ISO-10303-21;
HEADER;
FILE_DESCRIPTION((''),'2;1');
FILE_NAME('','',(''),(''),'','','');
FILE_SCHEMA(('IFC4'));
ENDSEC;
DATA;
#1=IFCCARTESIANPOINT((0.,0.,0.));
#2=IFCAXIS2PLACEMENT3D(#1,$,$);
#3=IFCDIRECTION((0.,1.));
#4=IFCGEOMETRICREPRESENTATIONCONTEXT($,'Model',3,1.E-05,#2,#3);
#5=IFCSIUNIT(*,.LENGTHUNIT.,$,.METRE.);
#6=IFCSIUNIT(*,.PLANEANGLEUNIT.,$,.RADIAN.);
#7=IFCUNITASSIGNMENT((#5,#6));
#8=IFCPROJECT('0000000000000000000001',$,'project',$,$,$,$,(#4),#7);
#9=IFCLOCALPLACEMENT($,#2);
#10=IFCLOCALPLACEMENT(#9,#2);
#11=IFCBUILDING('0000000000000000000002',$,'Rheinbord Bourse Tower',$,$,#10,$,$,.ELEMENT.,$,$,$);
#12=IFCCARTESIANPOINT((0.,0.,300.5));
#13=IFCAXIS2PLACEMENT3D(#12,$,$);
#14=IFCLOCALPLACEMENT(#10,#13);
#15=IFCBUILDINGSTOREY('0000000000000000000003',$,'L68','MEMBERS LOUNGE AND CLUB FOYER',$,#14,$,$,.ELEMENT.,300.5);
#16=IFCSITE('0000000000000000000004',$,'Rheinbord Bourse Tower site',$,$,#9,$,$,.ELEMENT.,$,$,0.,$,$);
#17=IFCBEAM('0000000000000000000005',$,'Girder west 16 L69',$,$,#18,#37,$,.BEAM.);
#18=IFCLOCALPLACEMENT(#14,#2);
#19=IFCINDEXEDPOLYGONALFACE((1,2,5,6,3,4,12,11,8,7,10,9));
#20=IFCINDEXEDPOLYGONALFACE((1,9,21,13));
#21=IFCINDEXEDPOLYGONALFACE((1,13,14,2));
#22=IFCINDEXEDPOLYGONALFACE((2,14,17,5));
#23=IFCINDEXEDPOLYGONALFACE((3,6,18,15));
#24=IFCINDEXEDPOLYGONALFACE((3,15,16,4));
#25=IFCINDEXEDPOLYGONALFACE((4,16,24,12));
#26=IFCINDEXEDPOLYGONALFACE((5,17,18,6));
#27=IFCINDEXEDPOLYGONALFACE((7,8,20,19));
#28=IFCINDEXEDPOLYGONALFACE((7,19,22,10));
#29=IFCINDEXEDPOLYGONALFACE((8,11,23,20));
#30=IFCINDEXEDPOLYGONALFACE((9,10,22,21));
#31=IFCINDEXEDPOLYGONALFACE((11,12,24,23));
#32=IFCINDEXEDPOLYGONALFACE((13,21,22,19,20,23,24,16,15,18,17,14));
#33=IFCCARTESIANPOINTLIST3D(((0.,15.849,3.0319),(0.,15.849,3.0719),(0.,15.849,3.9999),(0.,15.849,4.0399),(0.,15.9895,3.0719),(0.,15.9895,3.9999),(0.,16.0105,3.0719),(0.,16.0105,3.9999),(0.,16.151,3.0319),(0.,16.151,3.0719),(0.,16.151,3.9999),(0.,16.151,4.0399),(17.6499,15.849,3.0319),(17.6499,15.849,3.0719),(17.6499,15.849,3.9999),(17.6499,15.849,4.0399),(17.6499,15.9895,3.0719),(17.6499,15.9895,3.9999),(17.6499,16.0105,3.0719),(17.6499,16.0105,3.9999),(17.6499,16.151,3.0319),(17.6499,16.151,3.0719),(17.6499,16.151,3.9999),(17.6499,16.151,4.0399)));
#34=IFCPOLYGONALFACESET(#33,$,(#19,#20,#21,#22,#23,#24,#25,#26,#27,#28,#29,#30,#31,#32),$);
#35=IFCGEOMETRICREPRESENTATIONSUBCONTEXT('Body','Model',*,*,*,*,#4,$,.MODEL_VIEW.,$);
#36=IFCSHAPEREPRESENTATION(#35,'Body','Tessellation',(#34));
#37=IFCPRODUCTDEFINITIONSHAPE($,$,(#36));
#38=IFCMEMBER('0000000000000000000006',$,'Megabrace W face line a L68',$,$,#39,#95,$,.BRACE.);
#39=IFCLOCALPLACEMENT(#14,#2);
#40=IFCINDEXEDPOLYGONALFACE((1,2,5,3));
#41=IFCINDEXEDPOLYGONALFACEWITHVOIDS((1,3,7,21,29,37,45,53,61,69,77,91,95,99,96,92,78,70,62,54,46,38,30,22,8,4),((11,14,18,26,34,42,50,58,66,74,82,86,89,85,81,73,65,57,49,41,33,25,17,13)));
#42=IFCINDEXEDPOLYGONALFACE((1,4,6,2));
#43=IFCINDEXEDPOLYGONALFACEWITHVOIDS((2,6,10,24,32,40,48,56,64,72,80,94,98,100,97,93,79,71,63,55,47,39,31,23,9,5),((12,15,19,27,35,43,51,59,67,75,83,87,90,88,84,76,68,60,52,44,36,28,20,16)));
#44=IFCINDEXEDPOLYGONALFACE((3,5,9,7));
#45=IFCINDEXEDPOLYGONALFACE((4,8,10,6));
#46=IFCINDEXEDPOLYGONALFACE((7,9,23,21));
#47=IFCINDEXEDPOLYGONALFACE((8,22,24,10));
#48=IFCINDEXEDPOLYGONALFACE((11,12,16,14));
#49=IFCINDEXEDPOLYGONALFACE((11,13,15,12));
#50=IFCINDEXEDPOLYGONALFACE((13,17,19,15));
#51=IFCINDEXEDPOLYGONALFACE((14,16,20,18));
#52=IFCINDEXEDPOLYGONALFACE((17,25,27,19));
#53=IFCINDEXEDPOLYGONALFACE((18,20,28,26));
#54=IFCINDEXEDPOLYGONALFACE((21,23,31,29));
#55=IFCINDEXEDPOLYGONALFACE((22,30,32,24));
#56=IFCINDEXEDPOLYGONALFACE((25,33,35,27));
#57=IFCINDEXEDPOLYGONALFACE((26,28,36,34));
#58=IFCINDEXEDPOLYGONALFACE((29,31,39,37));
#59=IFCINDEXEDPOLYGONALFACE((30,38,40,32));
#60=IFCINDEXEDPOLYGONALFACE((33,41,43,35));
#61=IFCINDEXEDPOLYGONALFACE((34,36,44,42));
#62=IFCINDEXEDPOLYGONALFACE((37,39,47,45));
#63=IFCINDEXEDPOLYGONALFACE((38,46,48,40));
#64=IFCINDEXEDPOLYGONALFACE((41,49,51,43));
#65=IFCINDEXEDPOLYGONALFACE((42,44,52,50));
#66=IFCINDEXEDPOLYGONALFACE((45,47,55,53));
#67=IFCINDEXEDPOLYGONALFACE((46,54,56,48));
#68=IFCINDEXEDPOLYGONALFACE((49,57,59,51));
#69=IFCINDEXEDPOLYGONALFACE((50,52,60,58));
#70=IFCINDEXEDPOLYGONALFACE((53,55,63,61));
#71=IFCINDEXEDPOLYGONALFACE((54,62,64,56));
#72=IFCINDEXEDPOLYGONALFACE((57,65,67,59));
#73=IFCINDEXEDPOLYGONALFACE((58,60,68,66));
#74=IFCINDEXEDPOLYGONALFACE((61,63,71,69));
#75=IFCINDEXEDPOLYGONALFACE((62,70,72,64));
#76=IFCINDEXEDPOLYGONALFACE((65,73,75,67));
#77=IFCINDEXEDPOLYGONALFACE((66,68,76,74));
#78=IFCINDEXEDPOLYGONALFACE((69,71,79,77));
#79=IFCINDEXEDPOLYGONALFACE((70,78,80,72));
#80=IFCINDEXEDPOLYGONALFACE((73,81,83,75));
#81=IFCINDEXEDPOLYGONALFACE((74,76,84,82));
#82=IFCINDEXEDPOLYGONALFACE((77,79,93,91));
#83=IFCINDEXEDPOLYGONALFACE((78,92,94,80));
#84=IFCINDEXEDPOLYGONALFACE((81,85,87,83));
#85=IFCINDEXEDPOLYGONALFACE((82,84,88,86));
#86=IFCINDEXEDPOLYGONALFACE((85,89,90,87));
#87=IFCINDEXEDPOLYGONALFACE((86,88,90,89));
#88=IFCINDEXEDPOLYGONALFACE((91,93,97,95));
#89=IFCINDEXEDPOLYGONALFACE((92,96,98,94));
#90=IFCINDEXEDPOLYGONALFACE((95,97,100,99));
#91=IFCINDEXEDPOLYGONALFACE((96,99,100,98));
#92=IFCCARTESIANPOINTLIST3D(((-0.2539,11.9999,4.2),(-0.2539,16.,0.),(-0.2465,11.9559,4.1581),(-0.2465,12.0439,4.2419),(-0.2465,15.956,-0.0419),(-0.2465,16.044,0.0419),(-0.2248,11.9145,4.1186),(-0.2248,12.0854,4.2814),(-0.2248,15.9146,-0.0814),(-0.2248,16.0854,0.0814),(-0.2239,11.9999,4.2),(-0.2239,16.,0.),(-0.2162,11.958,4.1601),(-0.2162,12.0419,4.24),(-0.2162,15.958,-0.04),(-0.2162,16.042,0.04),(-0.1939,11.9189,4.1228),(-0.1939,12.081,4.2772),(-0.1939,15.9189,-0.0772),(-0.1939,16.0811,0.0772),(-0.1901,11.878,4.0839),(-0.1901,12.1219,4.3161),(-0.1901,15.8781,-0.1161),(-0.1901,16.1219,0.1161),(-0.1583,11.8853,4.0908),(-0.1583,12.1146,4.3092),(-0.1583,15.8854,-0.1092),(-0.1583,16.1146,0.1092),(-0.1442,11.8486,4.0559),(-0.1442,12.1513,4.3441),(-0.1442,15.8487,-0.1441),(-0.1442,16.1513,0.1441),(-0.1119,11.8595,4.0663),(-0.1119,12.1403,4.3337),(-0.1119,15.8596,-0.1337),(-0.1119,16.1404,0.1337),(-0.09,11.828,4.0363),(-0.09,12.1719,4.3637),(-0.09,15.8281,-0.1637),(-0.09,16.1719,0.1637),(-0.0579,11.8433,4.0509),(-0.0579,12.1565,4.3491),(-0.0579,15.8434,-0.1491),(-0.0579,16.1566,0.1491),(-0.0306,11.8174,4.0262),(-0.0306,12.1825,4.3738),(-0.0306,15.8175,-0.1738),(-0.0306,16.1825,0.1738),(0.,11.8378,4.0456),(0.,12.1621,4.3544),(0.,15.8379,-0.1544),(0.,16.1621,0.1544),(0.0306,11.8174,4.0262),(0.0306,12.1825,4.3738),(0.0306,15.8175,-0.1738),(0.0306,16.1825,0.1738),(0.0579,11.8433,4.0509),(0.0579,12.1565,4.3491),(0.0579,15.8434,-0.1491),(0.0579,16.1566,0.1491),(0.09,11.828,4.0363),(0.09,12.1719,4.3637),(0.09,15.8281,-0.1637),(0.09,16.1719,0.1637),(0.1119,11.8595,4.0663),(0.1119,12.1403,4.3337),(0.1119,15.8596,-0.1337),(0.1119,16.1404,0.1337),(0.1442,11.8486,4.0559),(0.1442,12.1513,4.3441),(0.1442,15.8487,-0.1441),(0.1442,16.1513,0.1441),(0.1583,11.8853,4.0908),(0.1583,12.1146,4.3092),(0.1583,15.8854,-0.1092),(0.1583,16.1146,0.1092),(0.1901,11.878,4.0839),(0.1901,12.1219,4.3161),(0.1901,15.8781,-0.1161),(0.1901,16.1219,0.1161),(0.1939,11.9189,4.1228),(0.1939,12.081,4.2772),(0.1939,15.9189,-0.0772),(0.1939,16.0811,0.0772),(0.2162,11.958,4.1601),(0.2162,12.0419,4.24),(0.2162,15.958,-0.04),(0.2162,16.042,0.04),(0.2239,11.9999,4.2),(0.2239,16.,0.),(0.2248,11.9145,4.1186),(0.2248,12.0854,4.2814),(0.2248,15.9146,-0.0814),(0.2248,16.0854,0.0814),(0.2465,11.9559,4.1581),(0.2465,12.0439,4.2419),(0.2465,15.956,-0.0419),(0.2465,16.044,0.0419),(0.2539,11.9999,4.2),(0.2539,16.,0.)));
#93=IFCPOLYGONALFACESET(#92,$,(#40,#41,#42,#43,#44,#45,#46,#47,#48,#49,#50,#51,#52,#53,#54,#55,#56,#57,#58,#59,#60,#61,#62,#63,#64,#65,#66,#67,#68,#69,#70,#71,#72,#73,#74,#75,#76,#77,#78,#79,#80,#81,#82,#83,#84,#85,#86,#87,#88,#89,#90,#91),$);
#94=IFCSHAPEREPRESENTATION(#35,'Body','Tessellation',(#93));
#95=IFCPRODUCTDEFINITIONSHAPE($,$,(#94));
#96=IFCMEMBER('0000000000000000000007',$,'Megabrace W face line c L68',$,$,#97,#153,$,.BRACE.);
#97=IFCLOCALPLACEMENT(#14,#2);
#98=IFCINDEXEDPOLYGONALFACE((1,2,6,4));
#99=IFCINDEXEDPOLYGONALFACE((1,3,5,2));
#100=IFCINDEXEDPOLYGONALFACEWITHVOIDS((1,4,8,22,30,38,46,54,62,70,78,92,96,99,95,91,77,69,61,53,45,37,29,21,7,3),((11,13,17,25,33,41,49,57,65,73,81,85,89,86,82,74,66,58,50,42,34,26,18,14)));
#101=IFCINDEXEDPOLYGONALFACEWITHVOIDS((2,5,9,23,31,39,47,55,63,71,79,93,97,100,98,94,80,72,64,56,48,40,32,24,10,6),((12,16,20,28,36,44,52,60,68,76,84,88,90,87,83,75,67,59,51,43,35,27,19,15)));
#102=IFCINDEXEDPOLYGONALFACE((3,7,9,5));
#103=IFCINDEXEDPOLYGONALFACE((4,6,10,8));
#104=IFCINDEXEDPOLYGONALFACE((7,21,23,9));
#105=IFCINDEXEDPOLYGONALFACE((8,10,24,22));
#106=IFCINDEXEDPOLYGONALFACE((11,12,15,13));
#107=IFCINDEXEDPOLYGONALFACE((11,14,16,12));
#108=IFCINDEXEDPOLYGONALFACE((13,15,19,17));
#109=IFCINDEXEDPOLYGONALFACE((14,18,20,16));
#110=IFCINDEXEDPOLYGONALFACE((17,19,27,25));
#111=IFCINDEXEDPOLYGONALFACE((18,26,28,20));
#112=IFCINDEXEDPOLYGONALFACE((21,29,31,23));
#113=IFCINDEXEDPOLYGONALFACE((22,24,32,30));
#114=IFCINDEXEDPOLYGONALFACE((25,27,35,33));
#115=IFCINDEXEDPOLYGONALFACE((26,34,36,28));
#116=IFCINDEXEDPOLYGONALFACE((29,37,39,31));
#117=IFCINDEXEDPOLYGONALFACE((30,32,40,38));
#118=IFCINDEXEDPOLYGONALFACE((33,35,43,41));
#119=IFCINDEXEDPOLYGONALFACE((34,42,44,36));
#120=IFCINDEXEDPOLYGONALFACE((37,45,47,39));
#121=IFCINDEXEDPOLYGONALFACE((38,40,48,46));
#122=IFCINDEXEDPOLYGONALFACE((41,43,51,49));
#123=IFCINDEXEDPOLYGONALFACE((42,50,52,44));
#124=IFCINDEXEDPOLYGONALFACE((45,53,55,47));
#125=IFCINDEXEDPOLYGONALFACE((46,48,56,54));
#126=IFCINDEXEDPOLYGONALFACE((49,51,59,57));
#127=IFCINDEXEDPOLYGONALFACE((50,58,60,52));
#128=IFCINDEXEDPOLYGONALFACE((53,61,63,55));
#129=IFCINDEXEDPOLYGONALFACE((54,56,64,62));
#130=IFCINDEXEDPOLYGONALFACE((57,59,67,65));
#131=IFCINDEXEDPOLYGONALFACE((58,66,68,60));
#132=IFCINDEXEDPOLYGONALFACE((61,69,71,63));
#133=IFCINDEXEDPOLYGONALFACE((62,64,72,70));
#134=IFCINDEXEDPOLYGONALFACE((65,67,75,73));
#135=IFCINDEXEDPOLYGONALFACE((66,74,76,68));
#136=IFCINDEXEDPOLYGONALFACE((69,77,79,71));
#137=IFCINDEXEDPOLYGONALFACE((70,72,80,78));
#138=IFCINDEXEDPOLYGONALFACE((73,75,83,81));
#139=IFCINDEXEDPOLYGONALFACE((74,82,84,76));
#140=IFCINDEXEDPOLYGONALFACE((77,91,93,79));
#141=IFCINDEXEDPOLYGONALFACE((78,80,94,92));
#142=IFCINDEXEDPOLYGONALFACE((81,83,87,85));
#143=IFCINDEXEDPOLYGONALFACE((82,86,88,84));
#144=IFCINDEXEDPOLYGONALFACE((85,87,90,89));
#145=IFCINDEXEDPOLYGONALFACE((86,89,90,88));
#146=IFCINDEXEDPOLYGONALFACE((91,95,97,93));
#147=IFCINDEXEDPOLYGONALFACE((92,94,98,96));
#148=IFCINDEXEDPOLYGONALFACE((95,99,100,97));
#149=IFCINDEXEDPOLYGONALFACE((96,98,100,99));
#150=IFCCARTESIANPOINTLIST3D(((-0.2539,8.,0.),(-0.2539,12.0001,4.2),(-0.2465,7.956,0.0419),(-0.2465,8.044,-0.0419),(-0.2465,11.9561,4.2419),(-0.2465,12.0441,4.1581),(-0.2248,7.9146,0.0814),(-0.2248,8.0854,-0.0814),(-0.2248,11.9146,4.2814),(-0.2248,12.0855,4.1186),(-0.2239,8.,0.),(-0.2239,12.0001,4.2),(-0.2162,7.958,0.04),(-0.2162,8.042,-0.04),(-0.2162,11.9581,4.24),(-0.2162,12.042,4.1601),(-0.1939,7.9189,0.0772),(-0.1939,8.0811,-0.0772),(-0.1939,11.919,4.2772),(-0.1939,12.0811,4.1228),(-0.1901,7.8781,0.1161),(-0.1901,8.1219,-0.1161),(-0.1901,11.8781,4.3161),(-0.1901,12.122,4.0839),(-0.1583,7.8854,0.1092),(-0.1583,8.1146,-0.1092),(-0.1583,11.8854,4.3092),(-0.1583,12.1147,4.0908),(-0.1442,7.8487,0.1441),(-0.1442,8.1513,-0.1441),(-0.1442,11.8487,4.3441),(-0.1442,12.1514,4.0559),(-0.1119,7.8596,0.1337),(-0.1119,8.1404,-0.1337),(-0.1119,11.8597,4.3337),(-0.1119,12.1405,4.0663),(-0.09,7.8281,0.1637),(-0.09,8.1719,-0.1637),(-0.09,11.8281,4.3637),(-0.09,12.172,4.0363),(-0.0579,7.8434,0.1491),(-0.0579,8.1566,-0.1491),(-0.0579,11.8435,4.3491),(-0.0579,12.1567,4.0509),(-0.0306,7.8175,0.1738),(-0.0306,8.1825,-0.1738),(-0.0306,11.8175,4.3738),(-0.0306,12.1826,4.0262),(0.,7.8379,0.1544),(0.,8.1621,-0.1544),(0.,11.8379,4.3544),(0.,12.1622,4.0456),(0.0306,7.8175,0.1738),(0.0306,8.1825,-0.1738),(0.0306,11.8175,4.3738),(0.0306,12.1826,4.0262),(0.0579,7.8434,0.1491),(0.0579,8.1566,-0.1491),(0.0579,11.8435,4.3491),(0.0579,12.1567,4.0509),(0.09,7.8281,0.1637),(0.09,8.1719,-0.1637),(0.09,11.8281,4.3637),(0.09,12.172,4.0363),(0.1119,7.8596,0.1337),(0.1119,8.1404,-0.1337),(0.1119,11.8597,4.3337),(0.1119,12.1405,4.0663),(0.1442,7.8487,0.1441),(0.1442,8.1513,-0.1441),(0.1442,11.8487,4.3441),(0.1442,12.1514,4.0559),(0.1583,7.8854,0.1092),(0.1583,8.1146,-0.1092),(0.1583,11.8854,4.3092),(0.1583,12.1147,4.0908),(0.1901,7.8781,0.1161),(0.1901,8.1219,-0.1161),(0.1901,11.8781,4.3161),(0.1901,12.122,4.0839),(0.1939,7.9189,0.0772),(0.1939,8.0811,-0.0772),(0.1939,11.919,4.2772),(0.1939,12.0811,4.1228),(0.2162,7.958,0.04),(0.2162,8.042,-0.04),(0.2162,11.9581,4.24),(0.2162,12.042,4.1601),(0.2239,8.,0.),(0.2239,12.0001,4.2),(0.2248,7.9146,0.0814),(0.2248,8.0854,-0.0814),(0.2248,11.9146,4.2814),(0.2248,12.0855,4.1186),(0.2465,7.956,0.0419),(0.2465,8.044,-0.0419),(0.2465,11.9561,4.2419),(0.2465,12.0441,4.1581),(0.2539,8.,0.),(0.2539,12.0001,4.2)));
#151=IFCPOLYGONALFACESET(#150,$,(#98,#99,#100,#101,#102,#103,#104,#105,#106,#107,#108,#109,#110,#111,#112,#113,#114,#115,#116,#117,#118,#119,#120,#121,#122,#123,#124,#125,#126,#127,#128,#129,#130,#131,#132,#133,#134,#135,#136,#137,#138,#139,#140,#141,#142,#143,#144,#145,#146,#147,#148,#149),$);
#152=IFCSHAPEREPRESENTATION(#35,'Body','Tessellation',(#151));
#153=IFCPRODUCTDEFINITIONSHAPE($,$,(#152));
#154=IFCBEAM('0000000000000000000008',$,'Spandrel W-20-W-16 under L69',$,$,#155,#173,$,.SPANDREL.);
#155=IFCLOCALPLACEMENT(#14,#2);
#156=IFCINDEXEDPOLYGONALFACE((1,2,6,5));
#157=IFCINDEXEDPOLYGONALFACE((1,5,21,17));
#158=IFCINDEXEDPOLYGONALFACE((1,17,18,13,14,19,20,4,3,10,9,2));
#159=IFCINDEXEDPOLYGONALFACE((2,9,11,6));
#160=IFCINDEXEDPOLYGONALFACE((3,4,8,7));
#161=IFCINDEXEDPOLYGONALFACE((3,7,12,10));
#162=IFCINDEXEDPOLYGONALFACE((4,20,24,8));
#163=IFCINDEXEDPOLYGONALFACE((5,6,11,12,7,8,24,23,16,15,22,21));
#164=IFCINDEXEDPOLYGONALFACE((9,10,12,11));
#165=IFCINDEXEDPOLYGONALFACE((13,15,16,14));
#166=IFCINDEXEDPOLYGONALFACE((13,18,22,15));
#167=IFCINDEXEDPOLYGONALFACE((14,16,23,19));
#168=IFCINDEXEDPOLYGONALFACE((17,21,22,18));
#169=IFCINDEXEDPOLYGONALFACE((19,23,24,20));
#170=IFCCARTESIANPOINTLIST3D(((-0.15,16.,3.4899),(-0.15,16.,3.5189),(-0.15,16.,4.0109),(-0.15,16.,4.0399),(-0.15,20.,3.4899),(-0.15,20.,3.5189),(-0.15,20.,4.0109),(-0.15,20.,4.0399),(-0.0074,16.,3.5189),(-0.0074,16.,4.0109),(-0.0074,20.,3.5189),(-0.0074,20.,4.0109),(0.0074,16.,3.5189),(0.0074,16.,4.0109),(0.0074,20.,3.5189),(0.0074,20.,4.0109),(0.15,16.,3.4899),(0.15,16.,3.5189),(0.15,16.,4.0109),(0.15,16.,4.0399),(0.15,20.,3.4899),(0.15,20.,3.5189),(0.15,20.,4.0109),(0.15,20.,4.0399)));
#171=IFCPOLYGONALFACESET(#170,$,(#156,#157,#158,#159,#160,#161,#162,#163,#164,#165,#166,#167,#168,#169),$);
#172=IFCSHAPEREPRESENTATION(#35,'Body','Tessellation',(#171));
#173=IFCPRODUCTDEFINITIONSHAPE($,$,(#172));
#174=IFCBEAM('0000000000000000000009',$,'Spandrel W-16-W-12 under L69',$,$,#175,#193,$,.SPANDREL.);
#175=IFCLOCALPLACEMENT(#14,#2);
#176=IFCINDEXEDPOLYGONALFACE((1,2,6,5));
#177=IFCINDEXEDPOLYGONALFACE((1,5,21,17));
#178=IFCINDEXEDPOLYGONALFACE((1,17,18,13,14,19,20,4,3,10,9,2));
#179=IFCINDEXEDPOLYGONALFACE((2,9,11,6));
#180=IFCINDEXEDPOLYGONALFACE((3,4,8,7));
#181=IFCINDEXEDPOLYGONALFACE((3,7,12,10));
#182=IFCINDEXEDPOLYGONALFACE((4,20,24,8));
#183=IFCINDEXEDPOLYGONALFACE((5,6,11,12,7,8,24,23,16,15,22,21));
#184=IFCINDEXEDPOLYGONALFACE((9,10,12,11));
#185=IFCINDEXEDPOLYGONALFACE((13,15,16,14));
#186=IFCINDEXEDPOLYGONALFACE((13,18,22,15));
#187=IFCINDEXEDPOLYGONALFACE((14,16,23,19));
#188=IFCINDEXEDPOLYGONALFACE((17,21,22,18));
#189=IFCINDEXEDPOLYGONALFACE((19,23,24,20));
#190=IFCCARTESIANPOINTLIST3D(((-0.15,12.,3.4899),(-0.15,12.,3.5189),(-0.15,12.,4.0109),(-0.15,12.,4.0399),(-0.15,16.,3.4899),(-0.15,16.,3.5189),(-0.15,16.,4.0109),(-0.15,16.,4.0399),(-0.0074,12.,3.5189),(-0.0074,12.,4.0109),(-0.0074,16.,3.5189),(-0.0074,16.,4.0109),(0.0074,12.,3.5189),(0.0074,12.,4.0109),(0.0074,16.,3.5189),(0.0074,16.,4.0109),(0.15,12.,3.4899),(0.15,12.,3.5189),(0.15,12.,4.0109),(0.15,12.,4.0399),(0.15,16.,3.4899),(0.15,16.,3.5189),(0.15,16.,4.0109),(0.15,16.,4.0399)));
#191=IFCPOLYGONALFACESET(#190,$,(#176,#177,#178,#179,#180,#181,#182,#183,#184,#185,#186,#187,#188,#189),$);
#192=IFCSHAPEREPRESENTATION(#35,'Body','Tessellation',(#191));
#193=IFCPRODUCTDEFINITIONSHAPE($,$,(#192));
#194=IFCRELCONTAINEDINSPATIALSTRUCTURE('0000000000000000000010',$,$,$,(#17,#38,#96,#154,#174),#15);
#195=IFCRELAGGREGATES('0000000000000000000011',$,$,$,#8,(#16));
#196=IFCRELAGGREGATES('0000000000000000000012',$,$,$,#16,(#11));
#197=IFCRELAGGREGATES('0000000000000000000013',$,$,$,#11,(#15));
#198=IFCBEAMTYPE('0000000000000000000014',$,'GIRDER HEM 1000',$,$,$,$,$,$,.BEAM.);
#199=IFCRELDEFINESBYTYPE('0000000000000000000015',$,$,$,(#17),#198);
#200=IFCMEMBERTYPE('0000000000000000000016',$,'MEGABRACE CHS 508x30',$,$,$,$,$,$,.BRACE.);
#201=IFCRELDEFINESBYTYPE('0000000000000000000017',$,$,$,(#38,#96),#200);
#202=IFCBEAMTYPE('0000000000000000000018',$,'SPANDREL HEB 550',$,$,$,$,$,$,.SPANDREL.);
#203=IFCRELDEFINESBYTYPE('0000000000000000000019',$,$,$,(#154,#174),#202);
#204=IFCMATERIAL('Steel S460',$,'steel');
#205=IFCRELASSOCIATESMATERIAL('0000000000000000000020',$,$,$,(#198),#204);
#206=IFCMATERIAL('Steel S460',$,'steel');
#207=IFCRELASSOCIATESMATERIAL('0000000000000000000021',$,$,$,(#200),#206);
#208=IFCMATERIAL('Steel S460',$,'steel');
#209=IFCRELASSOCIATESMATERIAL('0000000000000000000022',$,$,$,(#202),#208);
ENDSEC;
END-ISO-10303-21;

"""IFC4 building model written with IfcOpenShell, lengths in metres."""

from ifc_helpers import new_model, si_unit, direction, frame, origin, origin_2d, place, context, subcontext, project, spatial, hollow_circle, i_section, extrude, material, material_profile, profile_set, type_object, element, save


model = new_model("IFC4")

# Units and contexts
model_context = context("Model", 3, precision=1e-05, world=origin(), true_north=direction((0.0, 1.0)))
body_context = subcontext(model_context, "Body", "Model", "MODEL_VIEW")
ifc_project = project(units=[si_unit("LENGTHUNIT", "METRE"), si_unit("PLANEANGLEUNIT", "RADIAN")], contexts=[model_context])

# Site, building, storey
site_placement = place(None, origin())
site = spatial("IfcSite", under=ifc_project, at=site_placement, Name="Rheinbord Bourse Tower site", CompositionType="ELEMENT", RefElevation=0.0)
building_placement = place(site_placement, origin())
building = spatial("IfcBuilding", under=site, at=building_placement, Name="Rheinbord Bourse Tower", CompositionType="ELEMENT")
storey_placement = place(building_placement, frame((0.0, 0.0, 300.5)))
storey = spatial("IfcBuildingStorey", under=building, at=storey_placement, Name="L68", Description="MEMBERS LOUNGE AND CLUB FOYER", CompositionType="ELEMENT", Elevation=300.5)

# Beam
ifc_material_1 = material(Name="Steel S460", Category="steel")
ifc_material_profile_1 = material_profile(ifc_material_1, i_section(OverallWidth=0.302, OverallDepth=1.0081, WebThickness=0.021, FlangeThickness=0.04, at=origin_2d()), Name="HEM 1000")
ifc_profile_set_1 = profile_set([ifc_material_profile_1], Name="Steel S460")
beam_type_1 = type_object("IfcBeamType", Name="GIRDER HEM 1000", PredefinedType="BEAM", material=ifc_profile_set_1)
beam_1_placement = place(storey_placement, frame((0.0, 16.0, 3.5359), z_axis=(1.0, 0.0, 0.0), x_axis=(0.0, 1.0, 0.0)))
element("IfcBeam", 1, at=beam_1_placement, inside=storey, type_object=beam_type_1, Name="Girder west 16 L69", PredefinedType="BEAM", context=body_context, shape_type="SweptSolid", body=[
    extrude(i_section(OverallWidth=0.302, OverallDepth=1.0081, WebThickness=0.021, FlangeThickness=0.04, at=origin_2d()), origin(), (0.0, 0.0, 1.0), 17.6499),
])

# Members
ifc_material_2 = material(Name="Steel S460", Category="steel")
ifc_material_profile_2 = material_profile(ifc_material_2, hollow_circle(Radius=0.2539, WallThickness=0.03, at=origin_2d()), Name="CHS 508x30")
ifc_profile_set_2 = profile_set([ifc_material_profile_2], Name="Steel S460")
member_type_1 = type_object("IfcMemberType", Name="MEGABRACE CHS 508x30", PredefinedType="BRACE", material=ifc_profile_set_2)
for number, where, z_axis, x_axis, name in (
    (2, (0.0, 16.0, 0.0), (0.0, -0.689659, 0.724134), (1.0, 0.0, 0.0), "Megabrace W face line a L68"),
    (3, (0.0, 8.0, 0.0), (0.0, 0.689659, 0.724134), (-1.0, 0.0, 0.0), "Megabrace W face line c L68"),
):
    element("IfcMember", number, at=place(storey_placement, frame(where, z_axis=z_axis, x_axis=x_axis)), inside=storey, type_object=member_type_1, Name=name, PredefinedType="BRACE", context=body_context, shape_type="SweptSolid", body=[
        extrude(hollow_circle(Radius=0.2539, WallThickness=0.03, at=origin_2d()), origin(), (0.0, 0.0, 1.0), 5.8),
    ])

# Beams
ifc_material_3 = material(Name="Steel S460", Category="steel")
ifc_material_profile_3 = material_profile(ifc_material_3, i_section(OverallWidth=0.3, OverallDepth=0.55, WebThickness=0.0149, FlangeThickness=0.0291, at=origin_2d()), Name="HEB 550")
ifc_profile_set_3 = profile_set([ifc_material_profile_3], Name="Steel S460")
beam_type_2 = type_object("IfcBeamType", Name="SPANDREL HEB 550", PredefinedType="SPANDREL", material=ifc_profile_set_3)
for number, where, z_axis, x_axis, name in (
    (4, (0.0, 20.0, 3.7649), (0.0, -1.0, 0.0), (1.0, 0.0, 0.0), "Spandrel W-20-W-16 under L69"),
    (5, (0.0, 16.0, 3.7649), (0.0, -1.0, 0.0), (1.0, 0.0, 0.0), "Spandrel W-16-W-12 under L69"),
):
    element("IfcBeam", number, at=place(storey_placement, frame(where, z_axis=z_axis, x_axis=x_axis)), inside=storey, type_object=beam_type_2, Name=name, PredefinedType="SPANDREL", context=body_context, shape_type="SweptSolid", body=[
        extrude(i_section(OverallWidth=0.3, OverallDepth=0.55, WebThickness=0.0149, FlangeThickness=0.0291, at=origin_2d()), origin(), (0.0, 0.0, 1.0), 4.0),
    ])

save(model, "model.ifc")
